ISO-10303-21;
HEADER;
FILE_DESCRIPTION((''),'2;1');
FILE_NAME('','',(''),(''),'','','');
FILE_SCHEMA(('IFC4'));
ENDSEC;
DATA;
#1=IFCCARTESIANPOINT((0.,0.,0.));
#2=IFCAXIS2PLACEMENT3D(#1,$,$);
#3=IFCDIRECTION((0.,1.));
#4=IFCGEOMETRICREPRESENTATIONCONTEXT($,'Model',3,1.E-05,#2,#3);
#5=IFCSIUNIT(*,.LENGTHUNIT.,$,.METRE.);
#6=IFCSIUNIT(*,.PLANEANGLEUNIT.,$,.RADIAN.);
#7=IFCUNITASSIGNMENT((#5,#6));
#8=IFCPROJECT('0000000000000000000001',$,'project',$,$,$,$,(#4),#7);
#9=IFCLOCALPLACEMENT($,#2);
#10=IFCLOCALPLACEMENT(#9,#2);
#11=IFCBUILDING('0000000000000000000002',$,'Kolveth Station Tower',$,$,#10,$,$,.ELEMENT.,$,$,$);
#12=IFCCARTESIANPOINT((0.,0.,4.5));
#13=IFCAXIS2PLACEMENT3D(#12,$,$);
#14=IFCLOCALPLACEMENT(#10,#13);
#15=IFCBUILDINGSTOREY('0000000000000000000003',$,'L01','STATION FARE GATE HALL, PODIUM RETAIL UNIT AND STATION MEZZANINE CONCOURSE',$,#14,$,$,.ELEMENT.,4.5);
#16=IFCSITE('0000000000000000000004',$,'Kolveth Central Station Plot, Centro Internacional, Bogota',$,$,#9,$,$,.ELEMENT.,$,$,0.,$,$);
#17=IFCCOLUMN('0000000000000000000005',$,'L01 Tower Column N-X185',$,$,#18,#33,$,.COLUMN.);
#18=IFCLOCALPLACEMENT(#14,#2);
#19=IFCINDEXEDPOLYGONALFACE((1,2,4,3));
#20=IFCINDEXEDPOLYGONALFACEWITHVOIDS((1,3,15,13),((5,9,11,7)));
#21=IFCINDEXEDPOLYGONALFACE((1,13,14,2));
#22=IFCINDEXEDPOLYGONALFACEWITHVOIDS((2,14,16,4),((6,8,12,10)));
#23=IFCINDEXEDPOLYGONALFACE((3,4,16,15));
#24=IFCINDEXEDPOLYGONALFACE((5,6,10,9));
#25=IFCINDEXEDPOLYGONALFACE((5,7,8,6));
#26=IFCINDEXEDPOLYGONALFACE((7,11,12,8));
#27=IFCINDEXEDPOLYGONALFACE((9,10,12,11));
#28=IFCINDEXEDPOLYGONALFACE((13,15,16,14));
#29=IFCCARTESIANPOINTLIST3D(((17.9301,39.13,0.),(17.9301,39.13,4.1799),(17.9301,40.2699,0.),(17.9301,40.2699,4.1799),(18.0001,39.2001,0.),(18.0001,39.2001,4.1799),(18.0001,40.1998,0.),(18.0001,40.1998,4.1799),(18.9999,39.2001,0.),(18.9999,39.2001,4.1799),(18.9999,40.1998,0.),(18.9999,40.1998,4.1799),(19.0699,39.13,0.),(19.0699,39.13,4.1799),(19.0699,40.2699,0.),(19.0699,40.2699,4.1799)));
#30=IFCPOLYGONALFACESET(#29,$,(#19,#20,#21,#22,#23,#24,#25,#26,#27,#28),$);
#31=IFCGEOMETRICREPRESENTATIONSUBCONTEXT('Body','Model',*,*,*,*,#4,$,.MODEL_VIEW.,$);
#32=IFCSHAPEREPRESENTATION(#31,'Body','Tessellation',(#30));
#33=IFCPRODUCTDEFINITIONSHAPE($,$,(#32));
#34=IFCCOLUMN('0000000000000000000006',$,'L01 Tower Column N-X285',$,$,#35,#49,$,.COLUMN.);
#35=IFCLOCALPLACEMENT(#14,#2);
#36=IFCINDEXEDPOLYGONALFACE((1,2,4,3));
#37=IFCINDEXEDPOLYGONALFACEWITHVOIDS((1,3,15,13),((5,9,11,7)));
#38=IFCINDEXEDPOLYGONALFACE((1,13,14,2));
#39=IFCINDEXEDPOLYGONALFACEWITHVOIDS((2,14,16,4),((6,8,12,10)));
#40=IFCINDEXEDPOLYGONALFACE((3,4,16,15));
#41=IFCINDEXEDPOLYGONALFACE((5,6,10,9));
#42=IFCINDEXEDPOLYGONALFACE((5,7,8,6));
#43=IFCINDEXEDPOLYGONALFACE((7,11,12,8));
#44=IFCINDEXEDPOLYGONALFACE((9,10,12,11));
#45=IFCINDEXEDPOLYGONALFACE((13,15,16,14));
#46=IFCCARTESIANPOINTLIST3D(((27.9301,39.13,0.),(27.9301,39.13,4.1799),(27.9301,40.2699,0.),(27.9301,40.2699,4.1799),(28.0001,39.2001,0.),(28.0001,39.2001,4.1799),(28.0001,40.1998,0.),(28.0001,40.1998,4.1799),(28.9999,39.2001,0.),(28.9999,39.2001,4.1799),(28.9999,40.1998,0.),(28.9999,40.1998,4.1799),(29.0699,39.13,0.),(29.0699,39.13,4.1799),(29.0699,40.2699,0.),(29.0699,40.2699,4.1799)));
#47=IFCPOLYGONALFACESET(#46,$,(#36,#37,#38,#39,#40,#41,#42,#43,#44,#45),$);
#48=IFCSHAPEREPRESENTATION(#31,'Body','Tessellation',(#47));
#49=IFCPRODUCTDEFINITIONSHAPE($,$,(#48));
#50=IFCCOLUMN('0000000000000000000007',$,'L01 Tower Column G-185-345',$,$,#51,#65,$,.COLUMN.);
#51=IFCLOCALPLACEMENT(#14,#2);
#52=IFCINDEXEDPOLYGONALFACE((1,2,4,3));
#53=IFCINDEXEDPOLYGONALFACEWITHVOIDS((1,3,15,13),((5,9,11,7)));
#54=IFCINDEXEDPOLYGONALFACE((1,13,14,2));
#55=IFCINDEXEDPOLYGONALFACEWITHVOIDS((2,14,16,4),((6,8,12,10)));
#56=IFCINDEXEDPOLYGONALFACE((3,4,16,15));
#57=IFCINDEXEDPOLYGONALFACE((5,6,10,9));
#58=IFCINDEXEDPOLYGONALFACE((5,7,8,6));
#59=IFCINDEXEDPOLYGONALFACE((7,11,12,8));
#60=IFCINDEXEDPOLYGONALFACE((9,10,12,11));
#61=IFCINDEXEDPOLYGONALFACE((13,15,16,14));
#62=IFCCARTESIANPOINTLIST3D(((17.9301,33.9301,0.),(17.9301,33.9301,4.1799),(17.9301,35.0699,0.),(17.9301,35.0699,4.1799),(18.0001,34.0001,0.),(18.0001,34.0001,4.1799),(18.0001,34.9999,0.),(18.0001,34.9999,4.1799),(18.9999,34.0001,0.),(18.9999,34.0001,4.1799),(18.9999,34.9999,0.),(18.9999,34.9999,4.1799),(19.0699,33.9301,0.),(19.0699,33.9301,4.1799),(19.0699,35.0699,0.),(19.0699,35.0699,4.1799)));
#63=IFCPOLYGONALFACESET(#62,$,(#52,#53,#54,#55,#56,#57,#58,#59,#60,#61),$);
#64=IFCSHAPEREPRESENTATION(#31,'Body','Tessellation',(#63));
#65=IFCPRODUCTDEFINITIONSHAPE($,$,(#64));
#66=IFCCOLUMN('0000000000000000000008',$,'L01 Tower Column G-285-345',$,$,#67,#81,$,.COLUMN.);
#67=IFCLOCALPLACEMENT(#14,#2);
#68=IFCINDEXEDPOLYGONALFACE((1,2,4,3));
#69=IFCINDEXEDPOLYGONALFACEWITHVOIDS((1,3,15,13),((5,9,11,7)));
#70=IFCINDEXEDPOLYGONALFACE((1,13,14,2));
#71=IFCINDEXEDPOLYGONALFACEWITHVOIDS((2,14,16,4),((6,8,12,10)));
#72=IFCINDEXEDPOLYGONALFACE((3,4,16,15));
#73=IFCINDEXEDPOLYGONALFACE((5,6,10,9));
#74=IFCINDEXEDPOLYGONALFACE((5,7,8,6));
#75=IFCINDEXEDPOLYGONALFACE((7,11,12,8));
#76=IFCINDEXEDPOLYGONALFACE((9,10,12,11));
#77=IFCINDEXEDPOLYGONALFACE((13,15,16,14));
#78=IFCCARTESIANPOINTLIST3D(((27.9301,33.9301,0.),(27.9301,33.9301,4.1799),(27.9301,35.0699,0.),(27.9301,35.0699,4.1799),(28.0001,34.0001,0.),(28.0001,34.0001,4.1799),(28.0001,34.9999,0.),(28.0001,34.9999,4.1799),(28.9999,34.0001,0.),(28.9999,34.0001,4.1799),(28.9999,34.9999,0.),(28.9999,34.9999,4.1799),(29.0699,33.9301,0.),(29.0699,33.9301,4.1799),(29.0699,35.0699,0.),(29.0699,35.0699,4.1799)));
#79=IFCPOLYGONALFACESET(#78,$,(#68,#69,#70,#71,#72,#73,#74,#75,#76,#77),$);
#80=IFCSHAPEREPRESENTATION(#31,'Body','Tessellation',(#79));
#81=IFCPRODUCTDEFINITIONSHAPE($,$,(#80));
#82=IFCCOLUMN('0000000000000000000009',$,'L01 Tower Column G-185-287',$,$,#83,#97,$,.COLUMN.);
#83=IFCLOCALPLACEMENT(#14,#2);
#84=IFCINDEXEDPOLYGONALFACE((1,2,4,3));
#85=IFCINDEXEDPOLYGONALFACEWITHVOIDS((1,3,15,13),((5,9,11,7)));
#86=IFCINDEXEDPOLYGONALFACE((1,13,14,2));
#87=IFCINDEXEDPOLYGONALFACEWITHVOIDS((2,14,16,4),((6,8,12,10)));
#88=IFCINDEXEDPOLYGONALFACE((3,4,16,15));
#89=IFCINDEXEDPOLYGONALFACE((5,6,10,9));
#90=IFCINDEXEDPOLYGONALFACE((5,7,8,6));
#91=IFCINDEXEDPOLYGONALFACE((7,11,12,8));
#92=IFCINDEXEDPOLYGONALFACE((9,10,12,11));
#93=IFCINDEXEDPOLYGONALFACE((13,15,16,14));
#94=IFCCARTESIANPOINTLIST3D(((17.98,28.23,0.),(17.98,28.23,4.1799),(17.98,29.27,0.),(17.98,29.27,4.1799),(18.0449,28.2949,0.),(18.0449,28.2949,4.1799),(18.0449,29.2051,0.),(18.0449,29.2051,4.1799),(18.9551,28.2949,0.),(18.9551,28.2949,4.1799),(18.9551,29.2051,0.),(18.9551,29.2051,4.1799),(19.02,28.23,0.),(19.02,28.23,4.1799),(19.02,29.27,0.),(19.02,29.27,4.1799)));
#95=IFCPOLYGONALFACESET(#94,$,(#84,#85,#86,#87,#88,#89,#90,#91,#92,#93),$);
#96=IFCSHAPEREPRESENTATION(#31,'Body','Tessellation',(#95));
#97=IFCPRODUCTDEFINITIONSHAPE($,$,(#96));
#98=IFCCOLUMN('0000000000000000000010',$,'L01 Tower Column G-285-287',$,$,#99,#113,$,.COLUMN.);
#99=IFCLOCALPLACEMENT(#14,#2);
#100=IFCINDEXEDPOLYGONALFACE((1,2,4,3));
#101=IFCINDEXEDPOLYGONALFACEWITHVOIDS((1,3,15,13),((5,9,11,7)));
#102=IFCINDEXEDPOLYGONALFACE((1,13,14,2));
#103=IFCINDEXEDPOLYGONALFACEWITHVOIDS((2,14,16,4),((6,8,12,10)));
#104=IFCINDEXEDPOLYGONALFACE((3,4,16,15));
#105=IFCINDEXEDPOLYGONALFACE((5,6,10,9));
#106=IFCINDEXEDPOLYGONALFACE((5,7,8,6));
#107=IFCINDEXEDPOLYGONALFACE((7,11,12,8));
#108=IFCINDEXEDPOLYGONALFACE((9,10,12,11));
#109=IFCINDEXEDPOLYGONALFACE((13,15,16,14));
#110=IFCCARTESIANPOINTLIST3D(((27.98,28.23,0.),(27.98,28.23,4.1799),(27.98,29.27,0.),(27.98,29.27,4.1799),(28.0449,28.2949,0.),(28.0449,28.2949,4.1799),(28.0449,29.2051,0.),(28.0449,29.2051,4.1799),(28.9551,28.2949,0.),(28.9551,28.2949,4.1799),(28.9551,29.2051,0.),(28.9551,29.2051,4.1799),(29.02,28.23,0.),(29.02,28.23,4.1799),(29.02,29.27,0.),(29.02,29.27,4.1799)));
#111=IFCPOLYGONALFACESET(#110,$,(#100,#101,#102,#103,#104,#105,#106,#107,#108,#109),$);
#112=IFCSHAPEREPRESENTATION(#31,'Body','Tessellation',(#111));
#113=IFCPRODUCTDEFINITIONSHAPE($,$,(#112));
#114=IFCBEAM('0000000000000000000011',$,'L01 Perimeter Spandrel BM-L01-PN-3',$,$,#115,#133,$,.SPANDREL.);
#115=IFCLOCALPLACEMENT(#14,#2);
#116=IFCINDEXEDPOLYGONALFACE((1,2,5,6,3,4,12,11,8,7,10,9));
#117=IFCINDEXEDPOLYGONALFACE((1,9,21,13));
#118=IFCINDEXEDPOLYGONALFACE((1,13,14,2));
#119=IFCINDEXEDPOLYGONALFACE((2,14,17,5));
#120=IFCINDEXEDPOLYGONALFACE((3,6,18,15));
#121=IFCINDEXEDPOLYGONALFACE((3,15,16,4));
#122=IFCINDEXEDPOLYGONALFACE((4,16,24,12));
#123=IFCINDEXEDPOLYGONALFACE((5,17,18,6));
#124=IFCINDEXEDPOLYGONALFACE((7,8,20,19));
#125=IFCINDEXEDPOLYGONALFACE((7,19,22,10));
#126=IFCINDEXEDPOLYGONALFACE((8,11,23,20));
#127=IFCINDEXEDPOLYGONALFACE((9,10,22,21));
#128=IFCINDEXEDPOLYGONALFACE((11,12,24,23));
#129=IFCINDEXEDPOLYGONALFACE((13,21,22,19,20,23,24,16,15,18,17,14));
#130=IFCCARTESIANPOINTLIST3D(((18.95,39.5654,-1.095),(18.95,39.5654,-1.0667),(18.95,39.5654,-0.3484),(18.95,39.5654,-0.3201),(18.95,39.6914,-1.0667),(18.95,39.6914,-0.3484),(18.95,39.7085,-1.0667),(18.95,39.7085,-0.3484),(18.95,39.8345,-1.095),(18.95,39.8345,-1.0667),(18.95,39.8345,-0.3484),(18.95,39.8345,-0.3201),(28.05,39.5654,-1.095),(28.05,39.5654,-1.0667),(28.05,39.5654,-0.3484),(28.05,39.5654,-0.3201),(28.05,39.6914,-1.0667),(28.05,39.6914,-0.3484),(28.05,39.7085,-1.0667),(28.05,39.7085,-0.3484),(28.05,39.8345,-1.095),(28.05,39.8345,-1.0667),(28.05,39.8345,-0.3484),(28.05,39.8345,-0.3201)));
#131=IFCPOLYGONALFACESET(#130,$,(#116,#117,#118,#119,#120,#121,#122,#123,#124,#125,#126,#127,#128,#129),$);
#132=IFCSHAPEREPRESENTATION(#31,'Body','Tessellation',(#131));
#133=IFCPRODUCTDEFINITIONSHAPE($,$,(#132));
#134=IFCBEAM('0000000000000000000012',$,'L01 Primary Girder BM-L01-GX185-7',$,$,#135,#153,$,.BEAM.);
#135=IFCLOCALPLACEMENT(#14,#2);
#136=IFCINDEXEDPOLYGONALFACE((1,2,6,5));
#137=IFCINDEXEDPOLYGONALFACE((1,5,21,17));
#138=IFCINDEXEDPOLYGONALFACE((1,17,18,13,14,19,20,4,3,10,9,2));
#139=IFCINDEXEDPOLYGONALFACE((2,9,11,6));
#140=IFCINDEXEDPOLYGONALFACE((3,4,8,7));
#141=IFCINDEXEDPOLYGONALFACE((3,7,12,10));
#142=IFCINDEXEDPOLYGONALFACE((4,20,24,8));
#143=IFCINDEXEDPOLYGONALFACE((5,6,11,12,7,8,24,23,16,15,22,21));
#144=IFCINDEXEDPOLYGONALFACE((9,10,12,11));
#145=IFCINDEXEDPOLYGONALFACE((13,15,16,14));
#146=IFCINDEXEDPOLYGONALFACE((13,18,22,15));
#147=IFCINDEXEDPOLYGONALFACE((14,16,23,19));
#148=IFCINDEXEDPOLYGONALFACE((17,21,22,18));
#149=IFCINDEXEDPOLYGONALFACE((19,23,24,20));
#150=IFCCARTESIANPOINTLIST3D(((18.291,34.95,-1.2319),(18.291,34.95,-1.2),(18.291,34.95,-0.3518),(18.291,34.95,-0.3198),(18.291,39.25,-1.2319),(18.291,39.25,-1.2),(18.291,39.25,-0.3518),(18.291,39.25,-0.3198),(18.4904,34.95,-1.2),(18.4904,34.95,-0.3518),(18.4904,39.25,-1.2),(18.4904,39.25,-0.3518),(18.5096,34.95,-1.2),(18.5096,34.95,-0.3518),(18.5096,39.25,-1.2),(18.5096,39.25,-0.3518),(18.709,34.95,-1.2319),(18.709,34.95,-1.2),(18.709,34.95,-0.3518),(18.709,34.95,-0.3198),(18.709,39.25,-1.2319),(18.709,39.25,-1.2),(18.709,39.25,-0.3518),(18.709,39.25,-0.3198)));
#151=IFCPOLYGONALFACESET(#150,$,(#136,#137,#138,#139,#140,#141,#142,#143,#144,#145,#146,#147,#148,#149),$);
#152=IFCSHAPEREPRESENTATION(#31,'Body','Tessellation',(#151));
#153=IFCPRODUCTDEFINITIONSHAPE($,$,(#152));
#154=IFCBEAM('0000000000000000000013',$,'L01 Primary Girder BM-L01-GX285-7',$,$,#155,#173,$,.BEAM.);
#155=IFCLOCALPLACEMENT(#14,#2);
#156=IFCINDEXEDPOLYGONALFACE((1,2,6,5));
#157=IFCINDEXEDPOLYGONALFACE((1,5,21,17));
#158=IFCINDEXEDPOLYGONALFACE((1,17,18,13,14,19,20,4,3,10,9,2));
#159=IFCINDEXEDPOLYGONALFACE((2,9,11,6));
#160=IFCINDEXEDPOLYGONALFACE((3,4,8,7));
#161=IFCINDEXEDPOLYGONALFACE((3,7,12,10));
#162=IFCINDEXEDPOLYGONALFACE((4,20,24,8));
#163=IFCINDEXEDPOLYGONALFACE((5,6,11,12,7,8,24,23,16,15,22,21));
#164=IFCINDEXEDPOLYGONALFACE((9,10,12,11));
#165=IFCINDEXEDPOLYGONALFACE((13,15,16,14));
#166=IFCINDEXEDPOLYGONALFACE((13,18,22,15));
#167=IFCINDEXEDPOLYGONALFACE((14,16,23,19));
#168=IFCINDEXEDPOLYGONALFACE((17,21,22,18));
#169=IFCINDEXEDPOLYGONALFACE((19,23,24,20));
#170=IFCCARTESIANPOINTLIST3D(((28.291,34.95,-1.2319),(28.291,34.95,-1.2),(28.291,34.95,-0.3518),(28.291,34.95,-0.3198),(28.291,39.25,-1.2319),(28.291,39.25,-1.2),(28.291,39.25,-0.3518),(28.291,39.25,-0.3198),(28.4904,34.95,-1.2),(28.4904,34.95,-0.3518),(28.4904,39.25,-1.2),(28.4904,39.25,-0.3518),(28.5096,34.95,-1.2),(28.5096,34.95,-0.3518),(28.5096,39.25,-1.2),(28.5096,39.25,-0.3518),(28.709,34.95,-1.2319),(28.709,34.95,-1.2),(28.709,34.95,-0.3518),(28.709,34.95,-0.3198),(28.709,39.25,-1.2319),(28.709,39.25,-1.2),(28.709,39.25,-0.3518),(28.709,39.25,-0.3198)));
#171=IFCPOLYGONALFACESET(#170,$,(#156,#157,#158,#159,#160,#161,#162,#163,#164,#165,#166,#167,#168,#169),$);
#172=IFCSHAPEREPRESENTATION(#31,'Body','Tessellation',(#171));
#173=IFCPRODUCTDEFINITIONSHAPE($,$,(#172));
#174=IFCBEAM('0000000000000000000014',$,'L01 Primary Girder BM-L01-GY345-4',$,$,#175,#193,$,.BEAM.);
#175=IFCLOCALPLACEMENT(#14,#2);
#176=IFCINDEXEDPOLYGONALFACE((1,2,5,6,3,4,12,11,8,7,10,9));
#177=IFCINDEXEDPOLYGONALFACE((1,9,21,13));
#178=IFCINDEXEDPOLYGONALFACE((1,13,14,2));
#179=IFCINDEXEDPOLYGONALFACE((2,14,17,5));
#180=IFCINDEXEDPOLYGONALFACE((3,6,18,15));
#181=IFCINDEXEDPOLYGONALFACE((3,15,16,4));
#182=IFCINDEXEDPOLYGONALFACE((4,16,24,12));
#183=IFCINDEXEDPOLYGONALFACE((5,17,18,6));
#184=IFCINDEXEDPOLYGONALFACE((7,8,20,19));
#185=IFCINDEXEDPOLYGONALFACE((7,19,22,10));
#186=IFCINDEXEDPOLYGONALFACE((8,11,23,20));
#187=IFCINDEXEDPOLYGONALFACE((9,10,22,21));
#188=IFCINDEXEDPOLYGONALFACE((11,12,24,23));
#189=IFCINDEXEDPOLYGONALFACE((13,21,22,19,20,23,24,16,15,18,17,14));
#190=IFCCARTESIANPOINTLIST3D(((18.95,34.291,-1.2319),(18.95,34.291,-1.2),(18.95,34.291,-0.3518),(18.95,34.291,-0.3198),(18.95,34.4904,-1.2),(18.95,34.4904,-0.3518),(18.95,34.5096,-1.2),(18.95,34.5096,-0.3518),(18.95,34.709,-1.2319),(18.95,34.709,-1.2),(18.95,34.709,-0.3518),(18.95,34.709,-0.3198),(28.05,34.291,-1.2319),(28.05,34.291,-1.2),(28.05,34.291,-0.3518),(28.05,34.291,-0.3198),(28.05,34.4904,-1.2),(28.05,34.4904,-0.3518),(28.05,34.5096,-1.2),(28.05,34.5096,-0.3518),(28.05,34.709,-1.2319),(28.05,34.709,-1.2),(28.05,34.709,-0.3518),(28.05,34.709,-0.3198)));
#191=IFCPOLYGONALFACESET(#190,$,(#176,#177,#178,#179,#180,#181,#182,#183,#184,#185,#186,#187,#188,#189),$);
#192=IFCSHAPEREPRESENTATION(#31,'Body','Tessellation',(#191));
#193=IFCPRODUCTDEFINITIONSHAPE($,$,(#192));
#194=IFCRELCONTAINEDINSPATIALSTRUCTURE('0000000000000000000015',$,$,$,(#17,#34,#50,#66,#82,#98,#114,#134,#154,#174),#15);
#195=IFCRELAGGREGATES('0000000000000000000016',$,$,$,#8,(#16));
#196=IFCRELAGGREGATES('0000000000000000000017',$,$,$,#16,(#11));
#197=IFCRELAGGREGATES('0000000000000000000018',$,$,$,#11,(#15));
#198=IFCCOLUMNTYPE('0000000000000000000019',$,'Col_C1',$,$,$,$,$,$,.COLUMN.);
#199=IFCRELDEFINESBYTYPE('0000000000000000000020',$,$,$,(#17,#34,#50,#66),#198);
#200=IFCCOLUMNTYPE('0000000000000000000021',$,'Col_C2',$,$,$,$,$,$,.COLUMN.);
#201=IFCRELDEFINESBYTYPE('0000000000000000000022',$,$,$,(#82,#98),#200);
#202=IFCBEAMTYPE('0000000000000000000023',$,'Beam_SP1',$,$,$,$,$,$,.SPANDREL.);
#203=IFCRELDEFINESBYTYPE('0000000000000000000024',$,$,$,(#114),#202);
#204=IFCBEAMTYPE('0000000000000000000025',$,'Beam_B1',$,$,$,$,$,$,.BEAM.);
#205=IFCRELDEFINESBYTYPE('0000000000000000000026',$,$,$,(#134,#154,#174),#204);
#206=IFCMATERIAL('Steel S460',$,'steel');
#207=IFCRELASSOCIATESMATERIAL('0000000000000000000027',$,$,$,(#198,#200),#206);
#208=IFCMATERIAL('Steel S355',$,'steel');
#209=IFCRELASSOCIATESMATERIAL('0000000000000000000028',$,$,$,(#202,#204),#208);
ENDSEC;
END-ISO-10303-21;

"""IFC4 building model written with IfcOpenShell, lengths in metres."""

from ifc_helpers import new_model, si_unit, direction, frame, origin, origin_2d, place, context, subcontext, project, spatial, hollow_rectangle, i_section, extrude, source, transform, mapped, material, material_profile, profile_set, type_object, element, save


model = new_model("IFC4")

# Units and contexts
model_context = context("Model", 3, precision=1e-05, world=origin(), true_north=direction((0.0, 1.0)))
body_context = subcontext(model_context, "Body", "Model", "MODEL_VIEW")
ifc_project = project(units=[si_unit("LENGTHUNIT", "METRE"), si_unit("PLANEANGLEUNIT", "RADIAN")], contexts=[model_context])

# Site, building, storey
site_placement = place(None, origin())
site = spatial("IfcSite", under=ifc_project, at=site_placement, Name="Kolveth Central Station Plot, Centro Internacional, Bogota", CompositionType="ELEMENT", RefElevation=0.0)
building_placement = place(site_placement, origin())
building = spatial("IfcBuilding", under=site, at=building_placement, Name="Kolveth Station Tower", CompositionType="ELEMENT")
storey_placement = place(building_placement, frame((0.0, 0.0, 4.5)))
storey = spatial("IfcBuildingStorey", under=building, at=storey_placement, Name="L01", Description="STATION FARE GATE HALL, PODIUM RETAIL UNIT AND STATION MEZZANINE CONCOURSE", CompositionType="ELEMENT", Elevation=4.5)

# Columns
ifc_material_1 = material(Name="Steel S460", Category="steel")
ifc_material_profile_1 = material_profile(ifc_material_1, hollow_rectangle(XDim=1.1399, YDim=1.1399, WallThickness=0.0701, at=origin_2d()), Name="BOX1140x1140x70")
ifc_profile_set_1 = profile_set([ifc_material_profile_1], Name="Steel S460")
column_type_1 = type_object("IfcColumnType", Name="Col_C1", PredefinedType="COLUMN", material=ifc_profile_set_1)
shared_shape_1 = source(origin(), body_context, "Body", "SweptSolid", [
    extrude(hollow_rectangle(XDim=1.1399, YDim=1.1399, WallThickness=0.0701, at=origin_2d()), origin(), (0.0, 0.0, 1.0), 4.1799),
])
for number, where, z_axis, x_axis, name in (
    (1, (18.5, 39.7, 0.0), (0.0, 0.0, 1.0), (1.0, 0.0, 0.0), "L01 Tower Column N-X185"),
    (2, (28.5, 39.7, 0.0), (0.0, 0.0, 1.0), (1.0, 0.0, 0.0), "L01 Tower Column N-X285"),
    (3, (18.5, 34.5, 0.0), (0.0, 0.0, 1.0), (1.0, 0.0, 0.0), "L01 Tower Column G-185-345"),
    (4, (28.5, 34.5, 0.0), (0.0, 0.0, 1.0), (1.0, 0.0, 0.0), "L01 Tower Column G-285-345"),
):
    element("IfcColumn", number, at=place(storey_placement, frame(where, z_axis=z_axis, x_axis=x_axis)), inside=storey, type_object=column_type_1, Name=name, PredefinedType="COLUMN", context=body_context, shape_type="MappedRepresentation", body=[
        mapped(shared_shape_1, transform((0.0, 0.0, 0.0), x_axis=(1.0, 0.0, 0.0), y_axis=(0.0, 1.0, 0.0), z_axis=(0.0, 0.0, 1.0), scale=1.0)),
    ])
ifc_material_profile_2 = material_profile(ifc_material_1, hollow_rectangle(XDim=1.04, YDim=1.04, WallThickness=0.0649, at=origin_2d()), Name="BOX1040x1040x65")
ifc_profile_set_2 = profile_set([ifc_material_profile_2], Name="Steel S460")
column_type_2 = type_object("IfcColumnType", Name="Col_C2", PredefinedType="COLUMN", material=ifc_profile_set_2)
shared_shape_2 = source(origin(), body_context, "Body", "SweptSolid", [
    extrude(hollow_rectangle(XDim=1.04, YDim=1.04, WallThickness=0.0649, at=origin_2d()), origin(), (0.0, 0.0, 1.0), 4.1799),
])
for number, where, z_axis, x_axis, name in (
    (5, (18.5, 28.75, 0.0), (0.0, 0.0, 1.0), (1.0, 0.0, 0.0), "L01 Tower Column G-185-287"),
    (6, (28.5, 28.75, 0.0), (0.0, 0.0, 1.0), (1.0, 0.0, 0.0), "L01 Tower Column G-285-287"),
):
    element("IfcColumn", number, at=place(storey_placement, frame(where, z_axis=z_axis, x_axis=x_axis)), inside=storey, type_object=column_type_2, Name=name, PredefinedType="COLUMN", context=body_context, shape_type="MappedRepresentation", body=[
        mapped(shared_shape_2, transform((0.0, 0.0, 0.0), x_axis=(1.0, 0.0, 0.0), y_axis=(0.0, 1.0, 0.0), z_axis=(0.0, 0.0, 1.0), scale=1.0)),
    ])

# Beams
ifc_material_2 = material(Name="Steel S355", Category="steel")
ifc_material_profile_3 = material_profile(ifc_material_2, i_section(OverallWidth=0.269, OverallDepth=0.7749, WebThickness=0.0171, FlangeThickness=0.0283, at=origin_2d()), Name="W760x220")
ifc_profile_set_3 = profile_set([ifc_material_profile_3], Name="Steel S355")
beam_type_1 = type_object("IfcBeamType", Name="Beam_SP1", PredefinedType="SPANDREL", material=ifc_profile_set_3)
shared_shape_3 = source(origin(), body_context, "Body", "SweptSolid", [
    extrude(i_section(OverallWidth=0.269, OverallDepth=0.7749, WebThickness=0.0171, FlangeThickness=0.0283, at=origin_2d()), origin(), (0.0, 0.0, 1.0), 9.1001),
])
beam_1_placement = place(storey_placement, frame((18.95, 39.7, -0.7075), z_axis=(1.0, 0.0, 0.0), x_axis=(0.0, 1.0, 0.0)))
element("IfcBeam", 7, at=beam_1_placement, inside=storey, type_object=beam_type_1, Name="L01 Perimeter Spandrel BM-L01-PN-3", PredefinedType="SPANDREL", context=body_context, shape_type="MappedRepresentation", body=[
    mapped(shared_shape_3, transform((0.0, 0.0, 0.0), x_axis=(1.0, 0.0, 0.0), y_axis=(0.0, 1.0, 0.0), z_axis=(0.0, 0.0, 1.0), scale=1.0)),
])
ifc_material_profile_4 = material_profile(ifc_material_2, i_section(OverallWidth=0.418, OverallDepth=0.9121, WebThickness=0.0193, FlangeThickness=0.032, at=origin_2d()), Name="W920x342")
ifc_profile_set_4 = profile_set([ifc_material_profile_4], Name="Steel S355")
beam_type_2 = type_object("IfcBeamType", Name="Beam_B1", PredefinedType="BEAM", material=ifc_profile_set_4)
shared_shape_4 = source(origin(), body_context, "Body", "SweptSolid", [
    extrude(i_section(OverallWidth=0.418, OverallDepth=0.9121, WebThickness=0.0193, FlangeThickness=0.032, at=origin_2d()), origin(), (0.0, 0.0, 1.0), 4.3),
])
for number, where, z_axis, x_axis, name in (
    (8, (18.5, 34.95, -0.7759), (0.0, 1.0, 0.0), (-1.0, 0.0, 0.0), "L01 Primary Girder BM-L01-GX185-7"),
    (9, (28.5, 34.95, -0.7759), (0.0, 1.0, 0.0), (-1.0, 0.0, 0.0), "L01 Primary Girder BM-L01-GX285-7"),
):
    element("IfcBeam", number, at=place(storey_placement, frame(where, z_axis=z_axis, x_axis=x_axis)), inside=storey, type_object=beam_type_2, Name=name, PredefinedType="BEAM", context=body_context, shape_type="MappedRepresentation", body=[
        mapped(shared_shape_4, transform((0.0, 0.0, 0.0), x_axis=(1.0, 0.0, 0.0), y_axis=(0.0, 1.0, 0.0), z_axis=(0.0, 0.0, 1.0), scale=1.0)),
    ])
shared_shape_5 = source(origin(), body_context, "Body", "SweptSolid", [
    extrude(i_section(OverallWidth=0.418, OverallDepth=0.9121, WebThickness=0.0193, FlangeThickness=0.032, at=origin_2d()), origin(), (0.0, 0.0, 1.0), 9.1001),
])
beam_2_placement = place(storey_placement, frame((18.95, 34.5, -0.7759), z_axis=(1.0, 0.0, 0.0), x_axis=(0.0, 1.0, 0.0)))
element("IfcBeam", 10, at=beam_2_placement, inside=storey, type_object=beam_type_2, Name="L01 Primary Girder BM-L01-GY345-4", PredefinedType="BEAM", context=body_context, shape_type="MappedRepresentation", body=[
    mapped(shared_shape_5, transform((0.0, 0.0, 0.0), x_axis=(1.0, 0.0, 0.0), y_axis=(0.0, 1.0, 0.0), z_axis=(0.0, 0.0, 1.0), scale=1.0)),
])

save(model, "model.ifc")
